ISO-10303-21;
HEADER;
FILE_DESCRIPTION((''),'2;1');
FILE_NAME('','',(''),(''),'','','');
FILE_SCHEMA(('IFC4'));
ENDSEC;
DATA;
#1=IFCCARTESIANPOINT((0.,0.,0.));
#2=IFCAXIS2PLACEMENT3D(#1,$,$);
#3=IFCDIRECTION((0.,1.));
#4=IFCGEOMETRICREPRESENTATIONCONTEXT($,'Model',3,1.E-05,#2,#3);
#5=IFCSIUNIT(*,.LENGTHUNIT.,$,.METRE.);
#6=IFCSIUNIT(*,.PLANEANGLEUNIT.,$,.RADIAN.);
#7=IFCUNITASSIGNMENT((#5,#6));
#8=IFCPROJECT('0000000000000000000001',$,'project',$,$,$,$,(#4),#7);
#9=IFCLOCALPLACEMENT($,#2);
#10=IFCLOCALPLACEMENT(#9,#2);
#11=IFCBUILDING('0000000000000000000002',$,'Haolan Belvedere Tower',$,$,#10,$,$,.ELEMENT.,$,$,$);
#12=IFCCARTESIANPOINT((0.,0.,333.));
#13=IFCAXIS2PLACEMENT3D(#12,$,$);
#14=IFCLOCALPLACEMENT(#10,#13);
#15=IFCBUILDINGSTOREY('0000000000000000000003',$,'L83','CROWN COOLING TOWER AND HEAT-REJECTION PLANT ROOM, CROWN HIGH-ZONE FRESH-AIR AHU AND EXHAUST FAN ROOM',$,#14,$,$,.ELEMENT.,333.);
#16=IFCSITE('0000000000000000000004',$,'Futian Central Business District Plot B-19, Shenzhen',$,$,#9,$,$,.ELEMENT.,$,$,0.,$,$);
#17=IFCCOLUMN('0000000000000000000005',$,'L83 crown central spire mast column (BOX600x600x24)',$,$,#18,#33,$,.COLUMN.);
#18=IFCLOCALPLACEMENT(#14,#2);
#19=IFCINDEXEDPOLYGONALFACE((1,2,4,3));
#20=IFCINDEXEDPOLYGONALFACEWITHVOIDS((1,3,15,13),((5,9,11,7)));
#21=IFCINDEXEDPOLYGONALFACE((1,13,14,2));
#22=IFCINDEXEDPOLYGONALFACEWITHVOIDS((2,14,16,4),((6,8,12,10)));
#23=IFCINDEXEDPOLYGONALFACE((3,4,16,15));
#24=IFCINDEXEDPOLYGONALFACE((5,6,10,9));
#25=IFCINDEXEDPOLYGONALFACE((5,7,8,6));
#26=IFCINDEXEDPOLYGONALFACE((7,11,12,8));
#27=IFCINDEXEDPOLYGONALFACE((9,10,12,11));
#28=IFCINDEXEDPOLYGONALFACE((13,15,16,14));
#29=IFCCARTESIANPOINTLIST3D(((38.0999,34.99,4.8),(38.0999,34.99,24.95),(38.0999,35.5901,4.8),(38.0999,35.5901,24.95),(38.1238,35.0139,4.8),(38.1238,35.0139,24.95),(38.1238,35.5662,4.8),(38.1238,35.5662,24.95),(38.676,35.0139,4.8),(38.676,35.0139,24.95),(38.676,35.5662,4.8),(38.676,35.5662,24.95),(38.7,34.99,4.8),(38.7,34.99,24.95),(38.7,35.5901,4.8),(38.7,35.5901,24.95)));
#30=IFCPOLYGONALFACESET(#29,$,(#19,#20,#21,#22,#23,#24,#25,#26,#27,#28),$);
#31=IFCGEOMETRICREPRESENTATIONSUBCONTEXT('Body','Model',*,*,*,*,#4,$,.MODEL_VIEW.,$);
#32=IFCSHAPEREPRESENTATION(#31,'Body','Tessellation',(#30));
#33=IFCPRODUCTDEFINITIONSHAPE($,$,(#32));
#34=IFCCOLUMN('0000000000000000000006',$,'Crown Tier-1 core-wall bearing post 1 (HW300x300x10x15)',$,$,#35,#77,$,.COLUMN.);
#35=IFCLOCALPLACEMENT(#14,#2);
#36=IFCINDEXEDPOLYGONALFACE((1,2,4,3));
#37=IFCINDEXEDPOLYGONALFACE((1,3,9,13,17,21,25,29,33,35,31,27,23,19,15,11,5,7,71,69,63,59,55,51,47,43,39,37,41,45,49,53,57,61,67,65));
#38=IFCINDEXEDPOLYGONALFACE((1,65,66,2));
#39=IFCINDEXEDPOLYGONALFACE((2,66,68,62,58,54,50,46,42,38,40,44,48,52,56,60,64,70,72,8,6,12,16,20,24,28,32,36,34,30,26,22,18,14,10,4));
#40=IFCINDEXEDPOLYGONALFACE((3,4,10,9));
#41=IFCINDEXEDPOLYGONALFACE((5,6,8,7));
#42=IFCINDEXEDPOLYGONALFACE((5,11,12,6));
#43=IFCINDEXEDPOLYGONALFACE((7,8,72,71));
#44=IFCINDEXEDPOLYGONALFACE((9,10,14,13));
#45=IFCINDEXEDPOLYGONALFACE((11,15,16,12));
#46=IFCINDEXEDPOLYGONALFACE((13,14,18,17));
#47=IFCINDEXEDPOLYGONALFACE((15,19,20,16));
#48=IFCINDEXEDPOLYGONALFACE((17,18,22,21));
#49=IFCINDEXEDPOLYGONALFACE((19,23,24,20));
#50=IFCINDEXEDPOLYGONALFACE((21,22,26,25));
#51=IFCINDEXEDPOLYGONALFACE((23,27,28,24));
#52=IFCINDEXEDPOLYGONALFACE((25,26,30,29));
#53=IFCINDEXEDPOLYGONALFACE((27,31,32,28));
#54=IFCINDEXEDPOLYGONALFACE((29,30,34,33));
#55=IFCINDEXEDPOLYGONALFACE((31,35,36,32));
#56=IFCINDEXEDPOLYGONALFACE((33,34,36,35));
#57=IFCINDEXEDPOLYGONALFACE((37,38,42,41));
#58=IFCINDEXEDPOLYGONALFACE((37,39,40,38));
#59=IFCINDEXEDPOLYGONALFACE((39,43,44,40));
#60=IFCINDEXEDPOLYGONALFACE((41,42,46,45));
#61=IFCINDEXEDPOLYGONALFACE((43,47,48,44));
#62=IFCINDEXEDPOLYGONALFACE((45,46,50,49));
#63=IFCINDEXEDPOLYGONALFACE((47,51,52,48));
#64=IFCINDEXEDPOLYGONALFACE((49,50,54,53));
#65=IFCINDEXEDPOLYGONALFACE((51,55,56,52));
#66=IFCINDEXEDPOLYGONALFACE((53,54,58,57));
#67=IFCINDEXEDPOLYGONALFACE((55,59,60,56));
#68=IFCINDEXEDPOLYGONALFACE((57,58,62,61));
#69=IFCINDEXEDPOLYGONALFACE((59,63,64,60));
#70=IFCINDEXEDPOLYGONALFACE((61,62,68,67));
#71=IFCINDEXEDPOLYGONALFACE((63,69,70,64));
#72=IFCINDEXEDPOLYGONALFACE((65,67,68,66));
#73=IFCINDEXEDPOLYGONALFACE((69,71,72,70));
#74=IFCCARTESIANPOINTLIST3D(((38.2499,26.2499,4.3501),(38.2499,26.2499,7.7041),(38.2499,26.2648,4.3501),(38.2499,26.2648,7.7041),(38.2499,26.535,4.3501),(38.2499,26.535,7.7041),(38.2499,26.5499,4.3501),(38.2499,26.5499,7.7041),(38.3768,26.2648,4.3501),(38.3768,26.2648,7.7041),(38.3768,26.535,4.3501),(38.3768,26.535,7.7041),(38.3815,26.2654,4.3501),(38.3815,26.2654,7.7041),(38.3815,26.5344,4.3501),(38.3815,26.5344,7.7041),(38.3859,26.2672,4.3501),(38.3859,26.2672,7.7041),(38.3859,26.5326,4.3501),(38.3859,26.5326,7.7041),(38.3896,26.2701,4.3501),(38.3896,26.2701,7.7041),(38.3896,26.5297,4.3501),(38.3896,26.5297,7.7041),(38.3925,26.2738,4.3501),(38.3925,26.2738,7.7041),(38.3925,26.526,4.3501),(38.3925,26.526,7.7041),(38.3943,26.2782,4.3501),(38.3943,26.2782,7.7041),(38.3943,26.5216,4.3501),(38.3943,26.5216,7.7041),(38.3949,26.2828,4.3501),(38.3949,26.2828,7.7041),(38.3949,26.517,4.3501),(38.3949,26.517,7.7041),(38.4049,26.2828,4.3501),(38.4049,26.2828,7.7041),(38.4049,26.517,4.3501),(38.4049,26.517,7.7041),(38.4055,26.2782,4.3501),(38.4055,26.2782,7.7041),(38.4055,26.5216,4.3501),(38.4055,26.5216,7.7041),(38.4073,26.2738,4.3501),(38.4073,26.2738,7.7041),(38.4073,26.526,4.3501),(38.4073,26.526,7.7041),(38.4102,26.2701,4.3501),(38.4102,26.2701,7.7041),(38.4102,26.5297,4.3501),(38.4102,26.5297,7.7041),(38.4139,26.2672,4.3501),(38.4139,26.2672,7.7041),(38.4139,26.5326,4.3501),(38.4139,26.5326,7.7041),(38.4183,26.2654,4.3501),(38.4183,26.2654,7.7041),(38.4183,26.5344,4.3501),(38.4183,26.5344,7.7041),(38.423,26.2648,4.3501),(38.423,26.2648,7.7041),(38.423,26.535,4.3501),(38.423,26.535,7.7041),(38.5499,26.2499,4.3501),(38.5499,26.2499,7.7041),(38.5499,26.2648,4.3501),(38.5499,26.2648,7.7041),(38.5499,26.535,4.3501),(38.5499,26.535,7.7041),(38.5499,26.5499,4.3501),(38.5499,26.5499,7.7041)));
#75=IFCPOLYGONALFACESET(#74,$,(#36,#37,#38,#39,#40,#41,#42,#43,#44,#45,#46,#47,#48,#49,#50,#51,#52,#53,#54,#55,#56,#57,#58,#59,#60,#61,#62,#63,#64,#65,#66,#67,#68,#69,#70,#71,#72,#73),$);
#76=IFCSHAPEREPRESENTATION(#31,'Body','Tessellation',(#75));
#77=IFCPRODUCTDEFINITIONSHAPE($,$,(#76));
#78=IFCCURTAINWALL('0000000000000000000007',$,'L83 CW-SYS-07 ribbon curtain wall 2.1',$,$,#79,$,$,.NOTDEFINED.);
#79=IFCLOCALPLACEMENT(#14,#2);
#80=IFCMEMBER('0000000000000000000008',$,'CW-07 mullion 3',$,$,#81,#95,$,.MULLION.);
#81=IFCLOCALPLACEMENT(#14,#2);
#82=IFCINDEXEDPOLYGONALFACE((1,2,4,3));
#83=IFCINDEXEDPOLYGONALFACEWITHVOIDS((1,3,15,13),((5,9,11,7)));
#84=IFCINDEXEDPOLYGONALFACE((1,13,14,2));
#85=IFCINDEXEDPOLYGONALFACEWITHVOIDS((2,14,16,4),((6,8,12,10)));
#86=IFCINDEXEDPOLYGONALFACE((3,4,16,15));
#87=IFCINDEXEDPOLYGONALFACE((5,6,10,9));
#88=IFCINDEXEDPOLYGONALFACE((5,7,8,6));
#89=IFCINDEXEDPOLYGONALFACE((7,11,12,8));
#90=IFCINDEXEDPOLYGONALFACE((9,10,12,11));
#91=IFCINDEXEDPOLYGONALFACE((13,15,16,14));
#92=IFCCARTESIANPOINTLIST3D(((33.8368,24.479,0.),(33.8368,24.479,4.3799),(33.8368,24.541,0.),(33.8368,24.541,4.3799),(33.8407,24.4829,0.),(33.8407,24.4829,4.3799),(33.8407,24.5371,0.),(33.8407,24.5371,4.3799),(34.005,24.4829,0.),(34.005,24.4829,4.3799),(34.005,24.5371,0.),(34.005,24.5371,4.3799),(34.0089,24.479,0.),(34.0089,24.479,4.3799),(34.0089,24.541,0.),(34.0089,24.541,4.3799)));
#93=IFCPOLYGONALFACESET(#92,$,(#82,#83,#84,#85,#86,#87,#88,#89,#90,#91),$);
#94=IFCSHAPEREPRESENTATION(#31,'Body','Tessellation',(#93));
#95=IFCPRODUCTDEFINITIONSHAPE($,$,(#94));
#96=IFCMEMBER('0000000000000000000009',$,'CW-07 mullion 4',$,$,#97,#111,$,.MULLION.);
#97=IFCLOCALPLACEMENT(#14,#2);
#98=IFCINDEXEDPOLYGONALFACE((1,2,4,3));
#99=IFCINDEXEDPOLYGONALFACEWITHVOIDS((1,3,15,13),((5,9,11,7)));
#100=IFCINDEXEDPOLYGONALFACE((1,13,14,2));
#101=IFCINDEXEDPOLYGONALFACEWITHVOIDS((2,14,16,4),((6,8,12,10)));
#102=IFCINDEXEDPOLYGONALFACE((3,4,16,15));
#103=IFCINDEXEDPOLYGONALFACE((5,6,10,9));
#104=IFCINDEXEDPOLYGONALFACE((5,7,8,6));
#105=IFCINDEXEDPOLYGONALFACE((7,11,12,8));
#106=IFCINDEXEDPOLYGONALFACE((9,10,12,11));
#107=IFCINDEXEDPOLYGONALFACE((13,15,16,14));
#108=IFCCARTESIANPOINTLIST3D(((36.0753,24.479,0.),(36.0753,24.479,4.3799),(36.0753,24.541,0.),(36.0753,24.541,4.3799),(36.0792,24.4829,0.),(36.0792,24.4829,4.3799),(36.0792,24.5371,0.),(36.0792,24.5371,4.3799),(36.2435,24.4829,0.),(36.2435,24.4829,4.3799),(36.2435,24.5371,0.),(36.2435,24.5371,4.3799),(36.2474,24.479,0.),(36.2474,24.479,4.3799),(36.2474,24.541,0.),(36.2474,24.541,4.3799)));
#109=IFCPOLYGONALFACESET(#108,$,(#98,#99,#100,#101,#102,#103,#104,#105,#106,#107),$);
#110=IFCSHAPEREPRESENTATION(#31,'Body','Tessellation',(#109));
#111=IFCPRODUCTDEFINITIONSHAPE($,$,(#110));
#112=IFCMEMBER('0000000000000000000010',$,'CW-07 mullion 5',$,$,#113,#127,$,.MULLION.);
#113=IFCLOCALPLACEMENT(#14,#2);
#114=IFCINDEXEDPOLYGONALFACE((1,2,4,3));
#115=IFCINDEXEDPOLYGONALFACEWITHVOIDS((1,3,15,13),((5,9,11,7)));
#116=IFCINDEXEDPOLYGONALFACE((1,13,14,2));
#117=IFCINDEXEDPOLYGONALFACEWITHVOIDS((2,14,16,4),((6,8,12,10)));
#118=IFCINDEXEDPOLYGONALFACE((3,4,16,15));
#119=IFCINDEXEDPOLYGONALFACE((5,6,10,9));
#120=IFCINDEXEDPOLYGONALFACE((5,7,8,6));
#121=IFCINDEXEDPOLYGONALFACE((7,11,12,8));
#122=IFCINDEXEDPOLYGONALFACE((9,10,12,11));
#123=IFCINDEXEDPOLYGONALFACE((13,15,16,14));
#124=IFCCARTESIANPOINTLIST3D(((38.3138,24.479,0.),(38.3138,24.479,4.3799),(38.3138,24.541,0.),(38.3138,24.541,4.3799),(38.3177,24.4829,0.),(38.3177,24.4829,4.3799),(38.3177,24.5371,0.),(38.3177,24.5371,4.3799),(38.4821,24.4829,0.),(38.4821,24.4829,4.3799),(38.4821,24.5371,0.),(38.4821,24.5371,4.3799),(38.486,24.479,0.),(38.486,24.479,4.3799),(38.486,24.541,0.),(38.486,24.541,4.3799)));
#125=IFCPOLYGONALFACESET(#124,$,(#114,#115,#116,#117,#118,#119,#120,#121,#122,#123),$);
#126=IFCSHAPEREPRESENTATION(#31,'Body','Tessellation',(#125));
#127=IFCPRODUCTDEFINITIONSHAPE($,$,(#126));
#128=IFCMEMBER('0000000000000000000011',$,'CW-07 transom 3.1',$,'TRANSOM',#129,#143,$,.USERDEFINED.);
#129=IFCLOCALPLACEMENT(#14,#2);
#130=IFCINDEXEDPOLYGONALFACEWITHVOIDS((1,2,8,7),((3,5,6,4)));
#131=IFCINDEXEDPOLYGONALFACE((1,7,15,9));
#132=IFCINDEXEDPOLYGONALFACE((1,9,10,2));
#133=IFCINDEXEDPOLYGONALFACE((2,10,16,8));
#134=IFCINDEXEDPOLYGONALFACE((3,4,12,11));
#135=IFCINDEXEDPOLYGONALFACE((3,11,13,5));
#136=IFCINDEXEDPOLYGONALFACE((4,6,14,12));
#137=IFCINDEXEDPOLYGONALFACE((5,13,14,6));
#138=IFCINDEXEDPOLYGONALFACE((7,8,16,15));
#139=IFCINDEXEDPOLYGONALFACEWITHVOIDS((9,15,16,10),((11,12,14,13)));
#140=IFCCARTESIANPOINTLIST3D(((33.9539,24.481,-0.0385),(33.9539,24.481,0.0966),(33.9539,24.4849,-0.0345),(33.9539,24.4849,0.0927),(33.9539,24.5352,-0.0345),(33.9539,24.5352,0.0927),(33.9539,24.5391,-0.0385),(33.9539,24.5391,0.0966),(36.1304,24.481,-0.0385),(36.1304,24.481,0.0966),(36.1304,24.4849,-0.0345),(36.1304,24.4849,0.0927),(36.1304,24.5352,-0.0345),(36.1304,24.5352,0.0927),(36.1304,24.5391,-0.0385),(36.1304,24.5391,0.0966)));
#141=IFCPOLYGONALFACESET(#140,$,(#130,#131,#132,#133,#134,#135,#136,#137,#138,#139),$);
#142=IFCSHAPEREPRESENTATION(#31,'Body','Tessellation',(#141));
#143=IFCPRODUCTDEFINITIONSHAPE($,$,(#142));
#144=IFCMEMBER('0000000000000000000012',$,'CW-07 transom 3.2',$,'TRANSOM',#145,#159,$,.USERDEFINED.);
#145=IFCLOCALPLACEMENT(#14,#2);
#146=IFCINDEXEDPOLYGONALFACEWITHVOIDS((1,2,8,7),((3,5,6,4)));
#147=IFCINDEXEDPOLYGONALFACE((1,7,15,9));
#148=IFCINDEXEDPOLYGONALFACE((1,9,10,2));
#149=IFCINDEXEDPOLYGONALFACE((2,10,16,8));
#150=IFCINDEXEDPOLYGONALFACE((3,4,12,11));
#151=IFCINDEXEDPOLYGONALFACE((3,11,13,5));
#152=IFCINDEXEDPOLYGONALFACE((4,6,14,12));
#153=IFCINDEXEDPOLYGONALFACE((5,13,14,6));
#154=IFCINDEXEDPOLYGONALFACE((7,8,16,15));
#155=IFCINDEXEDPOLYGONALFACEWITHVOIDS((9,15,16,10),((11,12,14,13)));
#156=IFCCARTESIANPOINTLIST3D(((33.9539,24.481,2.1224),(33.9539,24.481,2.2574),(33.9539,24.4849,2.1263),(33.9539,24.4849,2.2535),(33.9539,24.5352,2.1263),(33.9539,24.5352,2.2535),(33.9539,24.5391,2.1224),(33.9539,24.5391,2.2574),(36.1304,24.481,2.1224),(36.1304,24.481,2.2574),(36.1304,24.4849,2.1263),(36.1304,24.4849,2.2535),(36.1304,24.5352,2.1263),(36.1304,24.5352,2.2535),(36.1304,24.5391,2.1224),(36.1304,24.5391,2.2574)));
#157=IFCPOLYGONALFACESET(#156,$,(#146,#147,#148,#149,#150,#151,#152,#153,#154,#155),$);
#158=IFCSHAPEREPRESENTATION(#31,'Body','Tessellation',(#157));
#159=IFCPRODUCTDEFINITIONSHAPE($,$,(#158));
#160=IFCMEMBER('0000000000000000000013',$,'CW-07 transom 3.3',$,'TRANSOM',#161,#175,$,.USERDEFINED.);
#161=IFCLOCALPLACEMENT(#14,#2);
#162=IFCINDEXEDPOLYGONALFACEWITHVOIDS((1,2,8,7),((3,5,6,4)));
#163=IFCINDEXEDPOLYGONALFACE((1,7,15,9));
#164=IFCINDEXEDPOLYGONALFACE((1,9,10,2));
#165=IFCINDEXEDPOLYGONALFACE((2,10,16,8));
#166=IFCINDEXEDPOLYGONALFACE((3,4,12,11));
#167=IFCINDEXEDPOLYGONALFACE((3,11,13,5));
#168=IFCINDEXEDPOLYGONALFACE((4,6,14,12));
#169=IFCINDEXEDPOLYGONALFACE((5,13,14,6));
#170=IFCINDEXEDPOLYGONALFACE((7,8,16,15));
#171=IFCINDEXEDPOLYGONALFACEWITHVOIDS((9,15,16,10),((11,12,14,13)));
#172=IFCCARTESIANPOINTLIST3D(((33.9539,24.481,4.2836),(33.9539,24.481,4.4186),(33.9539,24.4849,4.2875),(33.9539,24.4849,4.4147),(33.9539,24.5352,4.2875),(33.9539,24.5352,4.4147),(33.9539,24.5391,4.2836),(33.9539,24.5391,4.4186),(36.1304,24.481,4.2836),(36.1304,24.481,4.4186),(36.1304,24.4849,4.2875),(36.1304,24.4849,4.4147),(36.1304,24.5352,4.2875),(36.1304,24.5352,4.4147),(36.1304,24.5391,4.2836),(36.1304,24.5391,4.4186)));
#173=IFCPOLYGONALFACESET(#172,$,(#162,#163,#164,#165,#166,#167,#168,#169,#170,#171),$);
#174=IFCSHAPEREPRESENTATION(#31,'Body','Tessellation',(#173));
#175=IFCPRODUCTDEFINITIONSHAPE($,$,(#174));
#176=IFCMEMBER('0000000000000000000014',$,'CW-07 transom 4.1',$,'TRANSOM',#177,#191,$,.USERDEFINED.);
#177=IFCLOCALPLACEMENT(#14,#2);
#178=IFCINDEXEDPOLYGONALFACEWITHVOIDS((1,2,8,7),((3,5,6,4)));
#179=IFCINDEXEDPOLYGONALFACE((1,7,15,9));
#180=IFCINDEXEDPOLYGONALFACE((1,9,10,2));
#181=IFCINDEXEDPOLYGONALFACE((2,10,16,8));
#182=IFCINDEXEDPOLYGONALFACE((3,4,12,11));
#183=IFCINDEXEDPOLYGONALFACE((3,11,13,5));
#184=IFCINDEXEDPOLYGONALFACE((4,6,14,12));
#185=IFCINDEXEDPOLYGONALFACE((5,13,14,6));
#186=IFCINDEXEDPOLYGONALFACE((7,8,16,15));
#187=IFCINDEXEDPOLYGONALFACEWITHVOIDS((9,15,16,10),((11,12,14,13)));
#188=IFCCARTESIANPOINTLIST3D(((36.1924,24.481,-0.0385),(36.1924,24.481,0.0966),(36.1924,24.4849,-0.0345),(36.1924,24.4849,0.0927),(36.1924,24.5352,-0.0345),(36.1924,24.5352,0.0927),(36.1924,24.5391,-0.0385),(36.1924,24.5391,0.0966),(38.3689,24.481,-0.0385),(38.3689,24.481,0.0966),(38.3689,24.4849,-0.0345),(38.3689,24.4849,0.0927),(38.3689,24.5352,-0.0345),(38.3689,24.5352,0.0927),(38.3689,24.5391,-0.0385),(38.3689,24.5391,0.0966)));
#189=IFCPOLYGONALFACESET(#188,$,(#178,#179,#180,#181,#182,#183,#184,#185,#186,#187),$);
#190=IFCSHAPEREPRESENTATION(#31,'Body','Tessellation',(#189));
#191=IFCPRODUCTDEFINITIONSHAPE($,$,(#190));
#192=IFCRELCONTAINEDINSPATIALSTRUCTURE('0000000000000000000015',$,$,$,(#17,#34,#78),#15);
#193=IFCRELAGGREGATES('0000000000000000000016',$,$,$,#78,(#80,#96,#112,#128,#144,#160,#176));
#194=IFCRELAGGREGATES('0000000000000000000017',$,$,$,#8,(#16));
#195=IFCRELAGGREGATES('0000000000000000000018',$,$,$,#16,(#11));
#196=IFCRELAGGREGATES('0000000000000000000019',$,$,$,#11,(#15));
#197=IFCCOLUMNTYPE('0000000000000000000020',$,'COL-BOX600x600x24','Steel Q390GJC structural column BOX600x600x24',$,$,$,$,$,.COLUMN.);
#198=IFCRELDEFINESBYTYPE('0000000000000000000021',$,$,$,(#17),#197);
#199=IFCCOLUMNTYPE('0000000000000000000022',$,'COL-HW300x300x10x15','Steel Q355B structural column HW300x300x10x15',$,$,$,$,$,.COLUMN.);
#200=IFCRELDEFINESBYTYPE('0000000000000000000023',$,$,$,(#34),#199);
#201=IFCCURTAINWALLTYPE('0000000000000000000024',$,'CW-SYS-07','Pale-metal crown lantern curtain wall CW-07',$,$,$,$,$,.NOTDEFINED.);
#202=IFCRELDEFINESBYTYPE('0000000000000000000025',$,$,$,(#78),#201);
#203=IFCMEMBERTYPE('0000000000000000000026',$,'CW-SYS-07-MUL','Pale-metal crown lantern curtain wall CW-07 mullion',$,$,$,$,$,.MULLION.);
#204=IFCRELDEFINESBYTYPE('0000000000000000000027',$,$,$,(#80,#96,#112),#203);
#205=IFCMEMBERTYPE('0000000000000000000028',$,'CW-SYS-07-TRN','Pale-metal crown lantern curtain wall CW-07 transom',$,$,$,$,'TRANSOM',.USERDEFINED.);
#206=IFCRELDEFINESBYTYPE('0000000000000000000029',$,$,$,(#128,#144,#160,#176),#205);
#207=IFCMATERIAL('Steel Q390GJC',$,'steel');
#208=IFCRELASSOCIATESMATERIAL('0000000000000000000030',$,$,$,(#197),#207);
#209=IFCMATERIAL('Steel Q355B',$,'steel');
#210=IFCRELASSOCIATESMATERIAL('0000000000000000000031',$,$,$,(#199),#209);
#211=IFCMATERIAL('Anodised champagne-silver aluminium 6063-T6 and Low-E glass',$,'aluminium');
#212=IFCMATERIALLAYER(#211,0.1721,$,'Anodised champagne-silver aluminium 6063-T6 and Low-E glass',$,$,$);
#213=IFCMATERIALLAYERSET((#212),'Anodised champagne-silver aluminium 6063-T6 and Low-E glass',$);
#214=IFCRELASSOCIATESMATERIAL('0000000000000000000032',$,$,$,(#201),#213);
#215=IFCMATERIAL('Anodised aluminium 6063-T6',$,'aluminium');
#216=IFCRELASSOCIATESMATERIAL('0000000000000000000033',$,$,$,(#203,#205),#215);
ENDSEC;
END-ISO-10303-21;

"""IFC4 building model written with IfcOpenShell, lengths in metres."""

from ifc_helpers import new_model, si_unit, direction, frame, origin, origin_2d, place, context, subcontext, project, spatial, hollow_rectangle, i_section, extrude, material, layer, layer_set, material_profile, profile_set, type_object, element, aggregate, save


model = new_model("IFC4")

# Units and contexts
model_context = context("Model", 3, precision=1e-05, world=origin(), true_north=direction((0.0, 1.0)))
body_context = subcontext(model_context, "Body", "Model", "MODEL_VIEW")
ifc_project = project(units=[si_unit("LENGTHUNIT", "METRE"), si_unit("PLANEANGLEUNIT", "RADIAN")], contexts=[model_context])

# Site, building, storey
site_placement = place(None, origin())
site = spatial("IfcSite", under=ifc_project, at=site_placement, Name="Futian Central Business District Plot B-19, Shenzhen", CompositionType="ELEMENT", RefElevation=0.0)
building_placement = place(site_placement, origin())
building = spatial("IfcBuilding", under=site, at=building_placement, Name="Haolan Belvedere Tower", CompositionType="ELEMENT")
storey_placement = place(building_placement, frame((0.0, 0.0, 333.0)))
storey = spatial("IfcBuildingStorey", under=building, at=storey_placement, Name="L83", Description="CROWN COOLING TOWER AND HEAT-REJECTION PLANT ROOM, CROWN HIGH-ZONE FRESH-AIR AHU AND EXHAUST FAN ROOM", CompositionType="ELEMENT", Elevation=333.0)

# Columns
ifc_material_1 = material(Name="Steel Q390GJC", Category="steel")
ifc_material_profile_1 = material_profile(ifc_material_1, hollow_rectangle(XDim=0.6001, YDim=0.6001, WallThickness=0.0239, at=origin_2d()), Name="Steel Q390GJC")
ifc_profile_set_1 = profile_set([ifc_material_profile_1], Name="Steel Q390GJC")
column_type_1 = type_object("IfcColumnType", Name="COL-BOX600x600x24", Description="Steel Q390GJC structural column BOX600x600x24", PredefinedType="COLUMN", material=ifc_profile_set_1)
column_1_placement = place(storey_placement, frame((38.3999, 35.29, 4.8), z_axis=(0.0, 0.0, 1.0), x_axis=(1.0, 0.0, 0.0)))
element("IfcColumn", 1, at=column_1_placement, inside=storey, type_object=column_type_1, Name="L83 crown central spire mast column (BOX600x600x24)", PredefinedType="COLUMN", context=body_context, shape_type="SweptSolid", body=[
    extrude(hollow_rectangle(XDim=0.6001, YDim=0.6001, WallThickness=0.0239, at=origin_2d()), origin(), (0.0, 0.0, 1.0), 20.1499),
])
ifc_material_2 = material(Name="Steel Q355B", Category="steel")
ifc_material_profile_2 = material_profile(ifc_material_2, i_section(OverallWidth=0.3, OverallDepth=0.3, WebThickness=0.01, FlangeThickness=0.0149, FilletRadius=0.0181, at=origin_2d()), Name="Steel Q355B")
ifc_profile_set_2 = profile_set([ifc_material_profile_2], Name="Steel Q355B")
column_type_2 = type_object("IfcColumnType", Name="COL-HW300x300x10x15", Description="Steel Q355B structural column HW300x300x10x15", PredefinedType="COLUMN", material=ifc_profile_set_2)
column_2_placement = place(storey_placement, frame((38.3999, 26.3999, 4.3501), z_axis=(0.0, 0.0, 1.0), x_axis=(1.0, 0.0, 0.0)))
element("IfcColumn", 2, at=column_2_placement, inside=storey, type_object=column_type_2, Name="Crown Tier-1 core-wall bearing post 1 (HW300x300x10x15)", PredefinedType="COLUMN", context=body_context, shape_type="SweptSolid", body=[
    extrude(i_section(OverallWidth=0.3, OverallDepth=0.3, WebThickness=0.01, FlangeThickness=0.0149, FilletRadius=0.0181, at=origin_2d()), origin(), (0.0, 0.0, 1.0), 3.354),
])

# Curtain wall, members
ifc_material_3 = material(Name="Anodised champagne-silver aluminium 6063-T6 and Low-E glass", Category="aluminium")
ifc_layer_1 = layer(ifc_material_3, 0.1721, Name="Anodised champagne-silver aluminium 6063-T6 and Low-E glass")
ifc_layer_set_1 = layer_set([ifc_layer_1], Name="Anodised champagne-silver aluminium 6063-T6 and Low-E glass")
curtain_wall_type = type_object("IfcCurtainWallType", Name="CW-SYS-07", Description="Pale-metal crown lantern curtain wall CW-07", PredefinedType="NOTDEFINED", material=ifc_layer_set_1)
curtain_wall_placement = place(storey_placement, origin())
curtain_wall = element("IfcCurtainWall", 3, at=curtain_wall_placement, inside=storey, type_object=curtain_wall_type, Name="L83 CW-SYS-07 ribbon curtain wall 2.1", PredefinedType="NOTDEFINED")
ifc_material_4 = material(Name="Anodised aluminium 6063-T6", Category="aluminium")
ifc_material_profile_3 = material_profile(ifc_material_4, hollow_rectangle(XDim=0.062, YDim=0.1721, WallThickness=0.0039, at=origin_2d()), Name="Anodised aluminium 6063-T6")
ifc_profile_set_3 = profile_set([ifc_material_profile_3], Name="Anodised aluminium 6063-T6")
member_type_1 = type_object("IfcMemberType", Name="CW-SYS-07-MUL", Description="Pale-metal crown lantern curtain wall CW-07 mullion", PredefinedType="MULLION", material=ifc_profile_set_3)
member_1_placement = place(storey_placement, frame((33.9229, 24.51, 0.0), z_axis=(0.0, 0.0, 1.0), x_axis=(0.0, 1.0, 0.0)))
member_1 = element("IfcMember", 4, at=member_1_placement, type_object=member_type_1, Name="CW-07 mullion 3", PredefinedType="MULLION", context=body_context, shape_type="SweptSolid", body=[
    extrude(hollow_rectangle(XDim=0.062, YDim=0.1721, WallThickness=0.0039, at=origin_2d()), origin(), (0.0, 0.0, 1.0), 4.3799),
])
member_2_placement = place(storey_placement, frame((36.1614, 24.51, 0.0), z_axis=(0.0, 0.0, 1.0), x_axis=(0.0, 1.0, 0.0)))
member_2 = element("IfcMember", 5, at=member_2_placement, type_object=member_type_1, Name="CW-07 mullion 4", PredefinedType="MULLION", context=body_context, shape_type="SweptSolid", body=[
    extrude(hollow_rectangle(XDim=0.062, YDim=0.1721, WallThickness=0.0039, at=origin_2d()), origin(), (0.0, 0.0, 1.0), 4.3799),
])
member_3_placement = place(storey_placement, frame((38.3999, 24.51, 0.0), z_axis=(0.0, 0.0, 1.0), x_axis=(0.0, 1.0, 0.0)))
member_3 = element("IfcMember", 6, at=member_3_placement, type_object=member_type_1, Name="CW-07 mullion 5", PredefinedType="MULLION", context=body_context, shape_type="SweptSolid", body=[
    extrude(hollow_rectangle(XDim=0.062, YDim=0.1721, WallThickness=0.0039, at=origin_2d()), origin(), (0.0, 0.0, 1.0), 4.3799),
])
ifc_material_profile_4 = material_profile(ifc_material_4, hollow_rectangle(XDim=0.0581, YDim=0.135, WallThickness=0.0039, at=origin_2d()), Name="Anodised aluminium 6063-T6")
ifc_profile_set_4 = profile_set([ifc_material_profile_4], Name="Anodised aluminium 6063-T6")
member_type_2 = type_object("IfcMemberType", Name="CW-SYS-07-TRN", Description="Pale-metal crown lantern curtain wall CW-07 transom", ElementType="TRANSOM", PredefinedType="USERDEFINED", material=ifc_profile_set_4)
member_4_placement = place(storey_placement, frame((33.9539, 24.51, 0.0291), z_axis=(1.0, 0.0, 0.0), x_axis=(0.0, 1.0, 0.0)))
member_4 = element("IfcMember", 7, at=member_4_placement, type_object=member_type_2, Name="CW-07 transom 3.1", ObjectType="TRANSOM", PredefinedType="USERDEFINED", context=body_context, shape_type="SweptSolid", body=[
    extrude(hollow_rectangle(XDim=0.0581, YDim=0.135, WallThickness=0.0039, at=origin_2d()), origin(), (0.0, 0.0, 1.0), 2.1765),
])
member_5_placement = place(storey_placement, frame((33.9539, 24.51, 2.1899), z_axis=(1.0, 0.0, 0.0), x_axis=(0.0, 1.0, 0.0)))
member_5 = element("IfcMember", 8, at=member_5_placement, type_object=member_type_2, Name="CW-07 transom 3.2", ObjectType="TRANSOM", PredefinedType="USERDEFINED", context=body_context, shape_type="SweptSolid", body=[
    extrude(hollow_rectangle(XDim=0.0581, YDim=0.135, WallThickness=0.0039, at=origin_2d()), origin(), (0.0, 0.0, 1.0), 2.1765),
])
member_6_placement = place(storey_placement, frame((33.9539, 24.51, 4.3511), z_axis=(1.0, 0.0, 0.0), x_axis=(0.0, 1.0, 0.0)))
member_6 = element("IfcMember", 9, at=member_6_placement, type_object=member_type_2, Name="CW-07 transom 3.3", ObjectType="TRANSOM", PredefinedType="USERDEFINED", context=body_context, shape_type="SweptSolid", body=[
    extrude(hollow_rectangle(XDim=0.0581, YDim=0.135, WallThickness=0.0039, at=origin_2d()), origin(), (0.0, 0.0, 1.0), 2.1765),
])
member_7_placement = place(storey_placement, frame((36.1924, 24.51, 0.0291), z_axis=(1.0, 0.0, 0.0), x_axis=(0.0, 1.0, 0.0)))
member_7 = element("IfcMember", 10, at=member_7_placement, type_object=member_type_2, Name="CW-07 transom 4.1", ObjectType="TRANSOM", PredefinedType="USERDEFINED", context=body_context, shape_type="SweptSolid", body=[
    extrude(hollow_rectangle(XDim=0.0581, YDim=0.135, WallThickness=0.0039, at=origin_2d()), origin(), (0.0, 0.0, 1.0), 2.1765),
])

aggregate(curtain_wall, [member_1, member_2, member_3, member_4, member_5, member_6, member_7])

save(model, "model.ifc")
